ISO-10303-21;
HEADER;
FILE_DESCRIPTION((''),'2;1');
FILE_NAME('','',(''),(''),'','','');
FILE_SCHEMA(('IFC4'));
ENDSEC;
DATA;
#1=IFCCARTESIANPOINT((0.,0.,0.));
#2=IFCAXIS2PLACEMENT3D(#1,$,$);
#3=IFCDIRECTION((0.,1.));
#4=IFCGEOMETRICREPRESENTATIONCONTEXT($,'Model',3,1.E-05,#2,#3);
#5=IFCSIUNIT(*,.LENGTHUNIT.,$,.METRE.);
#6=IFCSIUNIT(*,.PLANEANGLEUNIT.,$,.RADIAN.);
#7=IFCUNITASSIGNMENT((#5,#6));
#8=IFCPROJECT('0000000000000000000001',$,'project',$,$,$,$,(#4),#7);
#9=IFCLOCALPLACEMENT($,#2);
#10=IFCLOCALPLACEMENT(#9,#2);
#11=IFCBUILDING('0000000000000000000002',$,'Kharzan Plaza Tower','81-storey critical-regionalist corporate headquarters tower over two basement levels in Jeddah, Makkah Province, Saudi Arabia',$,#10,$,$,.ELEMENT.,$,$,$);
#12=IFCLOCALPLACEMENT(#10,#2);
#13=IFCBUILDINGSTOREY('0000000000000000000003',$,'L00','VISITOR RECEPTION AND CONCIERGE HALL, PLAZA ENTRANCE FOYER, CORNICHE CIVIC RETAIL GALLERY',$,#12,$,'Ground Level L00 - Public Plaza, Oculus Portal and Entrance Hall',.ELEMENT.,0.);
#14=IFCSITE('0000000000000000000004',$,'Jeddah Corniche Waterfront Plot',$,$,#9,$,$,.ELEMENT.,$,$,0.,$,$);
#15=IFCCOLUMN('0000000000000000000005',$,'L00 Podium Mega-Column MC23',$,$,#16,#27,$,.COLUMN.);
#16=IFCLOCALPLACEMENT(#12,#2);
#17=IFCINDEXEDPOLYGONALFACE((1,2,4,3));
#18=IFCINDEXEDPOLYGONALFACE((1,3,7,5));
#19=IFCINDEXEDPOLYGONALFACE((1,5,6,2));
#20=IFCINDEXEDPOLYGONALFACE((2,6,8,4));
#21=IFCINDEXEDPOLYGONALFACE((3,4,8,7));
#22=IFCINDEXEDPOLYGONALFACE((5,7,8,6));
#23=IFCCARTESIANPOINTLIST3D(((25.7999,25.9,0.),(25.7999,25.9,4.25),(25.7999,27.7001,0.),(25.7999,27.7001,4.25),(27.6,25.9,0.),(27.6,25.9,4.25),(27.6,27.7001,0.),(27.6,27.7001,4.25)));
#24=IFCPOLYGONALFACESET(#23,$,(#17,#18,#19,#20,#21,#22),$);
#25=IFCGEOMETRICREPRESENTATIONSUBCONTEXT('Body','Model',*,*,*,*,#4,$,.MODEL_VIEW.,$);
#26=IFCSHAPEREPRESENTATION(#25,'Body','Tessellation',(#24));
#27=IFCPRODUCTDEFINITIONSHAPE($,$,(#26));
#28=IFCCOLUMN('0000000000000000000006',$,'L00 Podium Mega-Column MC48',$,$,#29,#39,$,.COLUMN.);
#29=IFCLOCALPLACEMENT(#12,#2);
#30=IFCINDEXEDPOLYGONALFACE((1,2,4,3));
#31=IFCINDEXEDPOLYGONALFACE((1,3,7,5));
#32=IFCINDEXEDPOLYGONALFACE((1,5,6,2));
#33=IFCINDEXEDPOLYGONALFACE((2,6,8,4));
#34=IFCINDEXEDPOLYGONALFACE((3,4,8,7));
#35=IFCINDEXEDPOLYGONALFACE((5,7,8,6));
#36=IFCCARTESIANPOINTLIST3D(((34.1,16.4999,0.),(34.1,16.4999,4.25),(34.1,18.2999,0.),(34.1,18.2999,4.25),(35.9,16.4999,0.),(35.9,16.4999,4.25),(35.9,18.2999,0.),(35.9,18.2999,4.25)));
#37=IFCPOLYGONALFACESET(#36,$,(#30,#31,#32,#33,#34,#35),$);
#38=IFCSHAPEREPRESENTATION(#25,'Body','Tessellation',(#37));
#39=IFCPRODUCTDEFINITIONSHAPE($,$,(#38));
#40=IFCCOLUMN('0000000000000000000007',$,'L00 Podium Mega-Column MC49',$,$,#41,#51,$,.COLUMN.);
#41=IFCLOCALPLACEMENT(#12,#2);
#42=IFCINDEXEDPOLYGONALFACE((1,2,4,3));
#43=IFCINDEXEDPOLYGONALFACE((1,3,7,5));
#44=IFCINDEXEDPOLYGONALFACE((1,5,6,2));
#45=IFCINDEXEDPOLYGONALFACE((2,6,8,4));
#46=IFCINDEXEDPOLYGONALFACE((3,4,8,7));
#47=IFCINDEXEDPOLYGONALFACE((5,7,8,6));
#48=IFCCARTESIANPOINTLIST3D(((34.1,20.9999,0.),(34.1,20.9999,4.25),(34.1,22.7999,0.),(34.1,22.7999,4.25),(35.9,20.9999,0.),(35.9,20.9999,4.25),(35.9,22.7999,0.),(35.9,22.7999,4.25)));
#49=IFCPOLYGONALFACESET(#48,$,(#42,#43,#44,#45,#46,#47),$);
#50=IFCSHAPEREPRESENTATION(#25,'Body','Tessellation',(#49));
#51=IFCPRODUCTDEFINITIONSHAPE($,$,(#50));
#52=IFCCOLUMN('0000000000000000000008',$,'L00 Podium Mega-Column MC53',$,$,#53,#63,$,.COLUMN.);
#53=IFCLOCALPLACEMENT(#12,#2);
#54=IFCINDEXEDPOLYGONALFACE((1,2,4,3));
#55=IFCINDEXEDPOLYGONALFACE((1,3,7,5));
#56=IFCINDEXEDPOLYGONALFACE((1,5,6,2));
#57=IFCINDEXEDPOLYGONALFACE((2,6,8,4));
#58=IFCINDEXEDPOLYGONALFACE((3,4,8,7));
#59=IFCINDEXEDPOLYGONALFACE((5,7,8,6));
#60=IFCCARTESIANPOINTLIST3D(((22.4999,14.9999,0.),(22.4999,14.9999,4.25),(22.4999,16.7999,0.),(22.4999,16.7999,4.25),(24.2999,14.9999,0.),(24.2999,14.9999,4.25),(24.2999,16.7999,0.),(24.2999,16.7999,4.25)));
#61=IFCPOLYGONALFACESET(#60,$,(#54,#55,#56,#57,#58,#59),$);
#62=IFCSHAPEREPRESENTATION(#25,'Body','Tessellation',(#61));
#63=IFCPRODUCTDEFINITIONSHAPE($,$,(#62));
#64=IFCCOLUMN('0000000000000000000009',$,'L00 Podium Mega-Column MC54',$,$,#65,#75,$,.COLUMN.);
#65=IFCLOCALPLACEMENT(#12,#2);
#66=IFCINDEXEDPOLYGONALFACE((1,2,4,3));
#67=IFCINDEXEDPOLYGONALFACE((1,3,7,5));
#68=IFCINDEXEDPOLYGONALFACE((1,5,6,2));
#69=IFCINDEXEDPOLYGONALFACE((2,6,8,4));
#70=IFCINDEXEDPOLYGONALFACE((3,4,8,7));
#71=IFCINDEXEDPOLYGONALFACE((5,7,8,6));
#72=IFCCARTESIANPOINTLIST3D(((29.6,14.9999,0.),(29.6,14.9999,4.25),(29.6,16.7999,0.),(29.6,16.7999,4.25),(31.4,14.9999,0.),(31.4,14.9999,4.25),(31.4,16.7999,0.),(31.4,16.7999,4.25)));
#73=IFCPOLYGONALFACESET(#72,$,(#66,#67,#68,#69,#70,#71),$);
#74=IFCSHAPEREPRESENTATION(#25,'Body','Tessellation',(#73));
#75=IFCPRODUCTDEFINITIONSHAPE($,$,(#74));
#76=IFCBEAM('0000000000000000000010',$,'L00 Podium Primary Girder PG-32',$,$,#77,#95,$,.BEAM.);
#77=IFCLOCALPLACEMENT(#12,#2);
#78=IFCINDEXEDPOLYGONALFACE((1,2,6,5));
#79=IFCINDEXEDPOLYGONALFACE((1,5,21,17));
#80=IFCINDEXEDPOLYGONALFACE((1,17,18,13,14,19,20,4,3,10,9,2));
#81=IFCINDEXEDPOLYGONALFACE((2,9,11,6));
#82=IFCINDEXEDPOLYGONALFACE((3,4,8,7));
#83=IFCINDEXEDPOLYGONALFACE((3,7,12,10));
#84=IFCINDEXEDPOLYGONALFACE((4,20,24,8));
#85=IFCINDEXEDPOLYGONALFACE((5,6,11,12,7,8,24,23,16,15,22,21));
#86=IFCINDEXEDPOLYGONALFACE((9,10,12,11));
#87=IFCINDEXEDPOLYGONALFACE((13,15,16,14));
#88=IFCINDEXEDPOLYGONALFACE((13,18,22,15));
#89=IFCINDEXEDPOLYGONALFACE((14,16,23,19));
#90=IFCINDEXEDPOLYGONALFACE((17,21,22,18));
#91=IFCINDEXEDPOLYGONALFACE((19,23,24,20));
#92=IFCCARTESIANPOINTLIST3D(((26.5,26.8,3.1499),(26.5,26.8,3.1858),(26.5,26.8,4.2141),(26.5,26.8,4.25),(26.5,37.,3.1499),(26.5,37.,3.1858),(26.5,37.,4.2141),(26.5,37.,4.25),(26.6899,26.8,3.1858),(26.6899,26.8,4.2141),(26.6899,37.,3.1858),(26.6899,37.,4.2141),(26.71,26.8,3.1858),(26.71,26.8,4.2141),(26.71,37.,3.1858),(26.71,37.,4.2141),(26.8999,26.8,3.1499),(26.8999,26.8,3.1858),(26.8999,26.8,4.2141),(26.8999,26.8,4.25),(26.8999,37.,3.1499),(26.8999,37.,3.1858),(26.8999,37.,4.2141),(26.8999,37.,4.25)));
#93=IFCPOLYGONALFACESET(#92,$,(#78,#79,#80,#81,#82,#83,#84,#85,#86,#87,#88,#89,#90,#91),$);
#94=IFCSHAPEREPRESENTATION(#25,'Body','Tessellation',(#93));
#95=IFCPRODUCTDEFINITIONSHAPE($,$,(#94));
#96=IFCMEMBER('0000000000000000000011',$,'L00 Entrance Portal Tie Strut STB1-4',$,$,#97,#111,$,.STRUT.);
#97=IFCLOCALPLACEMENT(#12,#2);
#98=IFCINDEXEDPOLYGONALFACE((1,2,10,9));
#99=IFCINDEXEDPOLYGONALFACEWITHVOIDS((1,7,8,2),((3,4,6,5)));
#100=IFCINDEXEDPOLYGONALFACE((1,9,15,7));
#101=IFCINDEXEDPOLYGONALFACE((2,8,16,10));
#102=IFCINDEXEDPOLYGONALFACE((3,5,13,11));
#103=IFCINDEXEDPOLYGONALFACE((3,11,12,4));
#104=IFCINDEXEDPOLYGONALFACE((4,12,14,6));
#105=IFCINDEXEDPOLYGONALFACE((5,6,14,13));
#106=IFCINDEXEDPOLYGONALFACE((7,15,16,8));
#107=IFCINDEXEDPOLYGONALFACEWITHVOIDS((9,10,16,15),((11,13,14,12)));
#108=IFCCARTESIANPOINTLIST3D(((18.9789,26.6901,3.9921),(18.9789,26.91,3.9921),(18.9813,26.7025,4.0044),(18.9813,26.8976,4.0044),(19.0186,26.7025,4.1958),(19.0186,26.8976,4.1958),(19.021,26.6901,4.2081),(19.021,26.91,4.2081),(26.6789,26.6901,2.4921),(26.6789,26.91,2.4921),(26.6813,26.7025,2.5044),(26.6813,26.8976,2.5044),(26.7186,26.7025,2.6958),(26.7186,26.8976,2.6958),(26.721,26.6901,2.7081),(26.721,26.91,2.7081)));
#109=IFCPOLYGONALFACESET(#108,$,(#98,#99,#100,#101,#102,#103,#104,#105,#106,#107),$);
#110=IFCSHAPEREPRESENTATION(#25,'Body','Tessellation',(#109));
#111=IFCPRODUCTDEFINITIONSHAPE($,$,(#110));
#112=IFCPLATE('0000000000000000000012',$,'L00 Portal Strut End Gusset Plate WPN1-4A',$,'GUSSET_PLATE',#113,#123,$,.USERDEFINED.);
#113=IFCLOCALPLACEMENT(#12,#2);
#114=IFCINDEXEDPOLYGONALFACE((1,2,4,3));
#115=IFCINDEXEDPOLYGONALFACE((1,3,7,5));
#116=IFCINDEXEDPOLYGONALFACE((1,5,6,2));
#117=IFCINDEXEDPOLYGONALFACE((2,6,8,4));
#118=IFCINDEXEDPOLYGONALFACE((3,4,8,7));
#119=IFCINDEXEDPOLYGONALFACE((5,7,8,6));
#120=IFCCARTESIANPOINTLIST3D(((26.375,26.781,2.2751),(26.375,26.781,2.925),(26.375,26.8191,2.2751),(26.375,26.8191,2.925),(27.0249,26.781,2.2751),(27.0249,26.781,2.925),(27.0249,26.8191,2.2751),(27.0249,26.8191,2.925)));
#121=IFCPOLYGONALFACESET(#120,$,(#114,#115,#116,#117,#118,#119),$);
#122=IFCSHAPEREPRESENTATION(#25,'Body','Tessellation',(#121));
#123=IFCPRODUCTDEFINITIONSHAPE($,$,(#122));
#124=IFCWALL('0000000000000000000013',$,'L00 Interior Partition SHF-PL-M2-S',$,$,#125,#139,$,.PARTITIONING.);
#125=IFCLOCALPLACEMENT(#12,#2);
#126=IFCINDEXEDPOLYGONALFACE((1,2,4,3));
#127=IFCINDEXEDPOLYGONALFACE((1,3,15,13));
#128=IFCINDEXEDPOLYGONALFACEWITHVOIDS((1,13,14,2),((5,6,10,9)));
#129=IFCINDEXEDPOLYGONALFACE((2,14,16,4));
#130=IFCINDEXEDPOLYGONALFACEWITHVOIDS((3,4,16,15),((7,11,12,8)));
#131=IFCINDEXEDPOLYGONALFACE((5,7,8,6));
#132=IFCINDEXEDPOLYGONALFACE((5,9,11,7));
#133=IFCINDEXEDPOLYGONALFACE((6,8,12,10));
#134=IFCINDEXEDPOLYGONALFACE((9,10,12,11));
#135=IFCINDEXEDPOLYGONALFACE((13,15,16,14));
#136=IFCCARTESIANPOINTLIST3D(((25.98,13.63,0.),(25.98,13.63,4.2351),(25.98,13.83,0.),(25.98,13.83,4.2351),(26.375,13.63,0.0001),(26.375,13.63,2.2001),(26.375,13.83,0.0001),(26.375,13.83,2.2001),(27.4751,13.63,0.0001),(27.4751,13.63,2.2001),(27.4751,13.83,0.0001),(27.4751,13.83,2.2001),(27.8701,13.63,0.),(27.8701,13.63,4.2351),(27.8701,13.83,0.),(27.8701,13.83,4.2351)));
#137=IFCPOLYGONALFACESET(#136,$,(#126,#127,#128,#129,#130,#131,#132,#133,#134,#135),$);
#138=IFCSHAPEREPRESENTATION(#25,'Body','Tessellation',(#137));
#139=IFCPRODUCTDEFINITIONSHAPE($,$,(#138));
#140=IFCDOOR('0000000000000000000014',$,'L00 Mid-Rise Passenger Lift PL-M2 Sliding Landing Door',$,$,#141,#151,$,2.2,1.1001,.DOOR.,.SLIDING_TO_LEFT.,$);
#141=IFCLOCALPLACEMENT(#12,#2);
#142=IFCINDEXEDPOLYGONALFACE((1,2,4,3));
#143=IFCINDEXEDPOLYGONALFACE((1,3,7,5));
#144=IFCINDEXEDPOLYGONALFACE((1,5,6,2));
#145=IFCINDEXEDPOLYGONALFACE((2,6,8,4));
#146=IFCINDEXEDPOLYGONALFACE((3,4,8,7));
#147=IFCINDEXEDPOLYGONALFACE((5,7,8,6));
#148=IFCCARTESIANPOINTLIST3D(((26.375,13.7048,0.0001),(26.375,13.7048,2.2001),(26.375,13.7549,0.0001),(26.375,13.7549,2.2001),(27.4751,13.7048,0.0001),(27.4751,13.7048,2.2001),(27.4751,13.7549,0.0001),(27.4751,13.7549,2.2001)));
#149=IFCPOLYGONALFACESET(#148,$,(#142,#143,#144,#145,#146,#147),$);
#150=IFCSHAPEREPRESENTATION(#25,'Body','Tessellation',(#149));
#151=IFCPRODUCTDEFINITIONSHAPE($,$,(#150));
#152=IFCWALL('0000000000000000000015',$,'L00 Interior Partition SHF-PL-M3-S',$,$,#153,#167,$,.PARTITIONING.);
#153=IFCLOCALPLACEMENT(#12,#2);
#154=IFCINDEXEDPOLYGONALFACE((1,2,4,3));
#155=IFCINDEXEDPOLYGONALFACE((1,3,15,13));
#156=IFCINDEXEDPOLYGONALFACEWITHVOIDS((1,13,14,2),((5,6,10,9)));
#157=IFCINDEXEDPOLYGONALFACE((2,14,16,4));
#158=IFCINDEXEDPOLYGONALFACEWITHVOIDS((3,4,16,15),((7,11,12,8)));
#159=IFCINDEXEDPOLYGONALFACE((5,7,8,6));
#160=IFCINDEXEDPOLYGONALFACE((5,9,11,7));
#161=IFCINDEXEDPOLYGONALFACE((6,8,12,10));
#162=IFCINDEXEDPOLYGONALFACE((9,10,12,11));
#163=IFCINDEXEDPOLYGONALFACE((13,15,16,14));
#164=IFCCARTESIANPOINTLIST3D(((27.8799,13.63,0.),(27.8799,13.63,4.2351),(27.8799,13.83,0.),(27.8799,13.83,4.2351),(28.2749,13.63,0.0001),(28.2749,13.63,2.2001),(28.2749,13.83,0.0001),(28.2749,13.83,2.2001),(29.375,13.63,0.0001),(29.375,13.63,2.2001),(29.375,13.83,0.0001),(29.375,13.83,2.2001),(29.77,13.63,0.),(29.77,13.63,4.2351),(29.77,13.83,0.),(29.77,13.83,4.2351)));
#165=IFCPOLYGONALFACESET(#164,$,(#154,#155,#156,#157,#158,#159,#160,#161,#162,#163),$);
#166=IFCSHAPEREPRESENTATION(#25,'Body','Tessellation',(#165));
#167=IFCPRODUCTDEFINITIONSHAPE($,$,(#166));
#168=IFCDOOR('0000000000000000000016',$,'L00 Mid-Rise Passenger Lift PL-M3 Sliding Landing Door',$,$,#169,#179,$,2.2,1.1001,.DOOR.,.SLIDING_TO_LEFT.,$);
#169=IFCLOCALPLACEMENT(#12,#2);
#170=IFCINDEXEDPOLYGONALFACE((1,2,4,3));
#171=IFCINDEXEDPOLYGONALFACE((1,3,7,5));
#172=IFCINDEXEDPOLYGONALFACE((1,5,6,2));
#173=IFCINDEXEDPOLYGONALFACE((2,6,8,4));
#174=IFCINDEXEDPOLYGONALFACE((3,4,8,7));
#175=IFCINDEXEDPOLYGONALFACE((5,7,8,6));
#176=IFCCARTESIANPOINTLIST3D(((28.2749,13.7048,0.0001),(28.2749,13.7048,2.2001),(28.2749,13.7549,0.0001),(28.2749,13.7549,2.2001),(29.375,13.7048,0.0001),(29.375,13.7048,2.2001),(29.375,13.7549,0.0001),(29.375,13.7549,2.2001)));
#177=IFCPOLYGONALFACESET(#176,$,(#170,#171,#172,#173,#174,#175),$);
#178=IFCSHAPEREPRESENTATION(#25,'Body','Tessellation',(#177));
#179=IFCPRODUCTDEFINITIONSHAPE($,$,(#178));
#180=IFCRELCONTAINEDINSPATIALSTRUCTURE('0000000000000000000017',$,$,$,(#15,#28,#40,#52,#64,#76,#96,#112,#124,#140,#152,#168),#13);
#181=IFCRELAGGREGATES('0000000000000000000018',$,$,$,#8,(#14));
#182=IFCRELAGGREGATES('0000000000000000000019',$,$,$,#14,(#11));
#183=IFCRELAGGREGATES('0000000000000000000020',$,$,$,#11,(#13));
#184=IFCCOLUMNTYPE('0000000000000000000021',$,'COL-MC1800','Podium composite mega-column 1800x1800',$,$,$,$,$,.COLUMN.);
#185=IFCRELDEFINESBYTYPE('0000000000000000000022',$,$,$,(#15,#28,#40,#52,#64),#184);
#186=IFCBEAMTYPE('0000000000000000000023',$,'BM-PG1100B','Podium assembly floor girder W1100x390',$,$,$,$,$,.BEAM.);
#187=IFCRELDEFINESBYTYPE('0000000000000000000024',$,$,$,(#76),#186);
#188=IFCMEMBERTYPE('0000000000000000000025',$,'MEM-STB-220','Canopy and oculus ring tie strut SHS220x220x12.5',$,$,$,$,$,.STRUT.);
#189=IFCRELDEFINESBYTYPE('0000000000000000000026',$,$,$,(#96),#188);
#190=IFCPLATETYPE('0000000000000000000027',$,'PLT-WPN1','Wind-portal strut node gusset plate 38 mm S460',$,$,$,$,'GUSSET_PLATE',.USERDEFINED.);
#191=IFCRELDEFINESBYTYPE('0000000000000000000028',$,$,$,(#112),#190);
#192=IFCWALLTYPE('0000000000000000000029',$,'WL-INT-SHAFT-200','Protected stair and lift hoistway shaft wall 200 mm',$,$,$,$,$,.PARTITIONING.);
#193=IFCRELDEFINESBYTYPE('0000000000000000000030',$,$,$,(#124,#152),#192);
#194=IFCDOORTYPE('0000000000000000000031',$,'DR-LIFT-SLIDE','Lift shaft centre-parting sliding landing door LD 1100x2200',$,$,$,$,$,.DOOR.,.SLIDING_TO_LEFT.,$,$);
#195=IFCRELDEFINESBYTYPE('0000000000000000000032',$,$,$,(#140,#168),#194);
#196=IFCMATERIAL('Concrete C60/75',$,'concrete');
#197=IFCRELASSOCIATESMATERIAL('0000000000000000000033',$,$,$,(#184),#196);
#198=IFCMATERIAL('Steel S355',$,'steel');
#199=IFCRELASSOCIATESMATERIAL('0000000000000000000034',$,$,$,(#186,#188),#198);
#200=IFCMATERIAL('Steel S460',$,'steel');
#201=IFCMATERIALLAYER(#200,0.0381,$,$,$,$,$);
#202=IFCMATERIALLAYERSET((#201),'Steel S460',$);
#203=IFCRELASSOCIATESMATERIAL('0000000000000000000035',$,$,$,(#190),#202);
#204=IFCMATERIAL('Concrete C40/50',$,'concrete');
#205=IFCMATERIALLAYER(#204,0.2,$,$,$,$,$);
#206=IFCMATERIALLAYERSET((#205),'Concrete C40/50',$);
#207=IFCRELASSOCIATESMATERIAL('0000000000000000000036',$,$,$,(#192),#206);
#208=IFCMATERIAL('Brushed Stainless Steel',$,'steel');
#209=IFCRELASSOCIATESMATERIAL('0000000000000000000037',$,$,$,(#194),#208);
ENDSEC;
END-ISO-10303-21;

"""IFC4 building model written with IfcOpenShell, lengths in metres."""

from ifc_helpers import new_model, si_unit, direction, frame, frame_2d, origin, origin_2d, place, context, subcontext, project, spatial, rectangle, hollow_rectangle, i_section, extrude, source, transform, mapped, material, layer, layer_set, material_profile, profile_set, type_object, element, fill, save


model = new_model("IFC4")

# Units and contexts
model_context = context("Model", 3, precision=1e-05, world=origin(), true_north=direction((0.0, 1.0)))
body_context = subcontext(model_context, "Body", "Model", "MODEL_VIEW")
ifc_project = project(units=[si_unit("LENGTHUNIT", "METRE"), si_unit("PLANEANGLEUNIT", "RADIAN")], contexts=[model_context])

# Site, building, storey
site_placement = place(None, origin())
site = spatial("IfcSite", under=ifc_project, at=site_placement, Name="Jeddah Corniche Waterfront Plot", CompositionType="ELEMENT", RefElevation=0.0)
building_placement = place(site_placement, origin())
building = spatial("IfcBuilding", under=site, at=building_placement, Name="Kharzan Plaza Tower", Description="81-storey critical-regionalist corporate headquarters tower over two basement levels in Jeddah, Makkah Province, Saudi Arabia", CompositionType="ELEMENT")
storey_placement = place(building_placement, origin())
storey = spatial("IfcBuildingStorey", under=building, at=storey_placement, Name="L00", Description="VISITOR RECEPTION AND CONCIERGE HALL, PLAZA ENTRANCE FOYER, CORNICHE CIVIC RETAIL GALLERY", LongName="Ground Level L00 - Public Plaza, Oculus Portal and Entrance Hall", CompositionType="ELEMENT", Elevation=0.0)

# Columns
ifc_material_1 = material(Name="Concrete C60/75", Category="concrete")
ifc_material_profile_1 = material_profile(ifc_material_1, rectangle(XDim=1.8, YDim=1.8, at=origin_2d()), Name="RC-MC1800x1800")
ifc_profile_set_1 = profile_set([ifc_material_profile_1], Name="Concrete C60/75")
column_type = type_object("IfcColumnType", Name="COL-MC1800", Description="Podium composite mega-column 1800x1800", PredefinedType="COLUMN", material=ifc_profile_set_1)
shared_shape_1 = source(origin(), body_context, "Body", "SweptSolid", [
    extrude(rectangle(XDim=1.8, YDim=1.8, at=origin_2d()), origin(), (0.0, 0.0, 1.0), 4.25),
])
for number, where, z_axis, x_axis, name in (
    (1, (26.7, 26.8, 0.0), (0.0, 0.0, 1.0), (1.0, 0.0, 0.0), "L00 Podium Mega-Column MC23"),
    (2, (35.0, 17.3999, 0.0), (0.0, 0.0, 1.0), (1.0, 0.0, 0.0), "L00 Podium Mega-Column MC48"),
    (3, (35.0, 21.8999, 0.0), (0.0, 0.0, 1.0), (1.0, 0.0, 0.0), "L00 Podium Mega-Column MC49"),
    (4, (23.3999, 15.8999, 0.0), (0.0, 0.0, 1.0), (1.0, 0.0, 0.0), "L00 Podium Mega-Column MC53"),
    (5, (30.5, 15.8999, 0.0), (0.0, 0.0, 1.0), (1.0, 0.0, 0.0), "L00 Podium Mega-Column MC54"),
):
    element("IfcColumn", number, at=place(storey_placement, frame(where, z_axis=z_axis, x_axis=x_axis)), inside=storey, type_object=column_type, Name=name, PredefinedType="COLUMN", context=body_context, shape_type="MappedRepresentation", body=[
        mapped(shared_shape_1, transform((0.0, 0.0, 0.0), x_axis=(1.0, 0.0, 0.0), y_axis=(0.0, 1.0, 0.0), z_axis=(0.0, 0.0, 1.0))),
    ])

# Beam
ifc_material_2 = material(Name="Steel S355", Category="steel")
ifc_material_profile_2 = material_profile(ifc_material_2, i_section(OverallWidth=0.3999, OverallDepth=1.1001, WebThickness=0.02, FlangeThickness=0.0359, at=origin_2d()), Name="W1100x390")
ifc_profile_set_2 = profile_set([ifc_material_profile_2], Name="Steel S355")
beam_type = type_object("IfcBeamType", Name="BM-PG1100B", Description="Podium assembly floor girder W1100x390", PredefinedType="BEAM", material=ifc_profile_set_2)
shared_shape_2 = source(origin(), body_context, "Body", "SweptSolid", [
    extrude(i_section(OverallWidth=0.3999, OverallDepth=1.1001, WebThickness=0.02, FlangeThickness=0.0359, at=origin_2d()), origin(), (0.0, 0.0, 1.0), 10.2),
])
beam_placement = place(storey_placement, frame((26.7, 26.8, 3.7), z_axis=(0.0, 1.0, 0.0), x_axis=(-1.0, 0.0, 0.0)))
element("IfcBeam", 6, at=beam_placement, inside=storey, type_object=beam_type, Name="L00 Podium Primary Girder PG-32", PredefinedType="BEAM", context=body_context, shape_type="MappedRepresentation", body=[
    mapped(shared_shape_2, transform((0.0, 0.0, 0.0), x_axis=(1.0, 0.0, 0.0), y_axis=(0.0, 1.0, 0.0), z_axis=(0.0, 0.0, 1.0))),
])

# Member
ifc_material_profile_3 = material_profile(ifc_material_2, hollow_rectangle(XDim=0.22, YDim=0.22, WallThickness=0.0125, at=origin_2d()), Name="SHS220x220x12.5")
ifc_profile_set_3 = profile_set([ifc_material_profile_3], Name="Steel S355")
member_type = type_object("IfcMemberType", Name="MEM-STB-220", Description="Canopy and oculus ring tie strut SHS220x220x12.5", PredefinedType="STRUT", material=ifc_profile_set_3)
shared_shape_3 = source(origin(), body_context, "Body", "SweptSolid", [
    extrude(hollow_rectangle(XDim=0.22, YDim=0.22, WallThickness=0.0125, at=origin_2d()), origin(), (0.0, 0.0, 1.0), 7.8447),
])
member_placement = place(storey_placement, frame((26.7, 26.8, 2.6001), z_axis=(-0.981549, 0.0, 0.191212), x_axis=(0.0, -1.0, 0.0)))
element("IfcMember", 7, at=member_placement, inside=storey, type_object=member_type, Name="L00 Entrance Portal Tie Strut STB1-4", PredefinedType="STRUT", context=body_context, shape_type="MappedRepresentation", body=[
    mapped(shared_shape_3, transform((0.0, 0.0, 0.0), x_axis=(1.0, 0.0, 0.0), y_axis=(0.0, 1.0, 0.0), z_axis=(0.0, 0.0, 1.0))),
])

# Plate
ifc_material_3 = material(Name="Steel S460", Category="steel")
ifc_layer_1 = layer(ifc_material_3, 0.0381)
ifc_layer_set_1 = layer_set([ifc_layer_1], Name="Steel S460")
plate_type = type_object("IfcPlateType", Name="PLT-WPN1", Description="Wind-portal strut node gusset plate 38 mm S460", ElementType="GUSSET_PLATE", PredefinedType="USERDEFINED", material=ifc_layer_set_1)
shared_shape_4 = source(origin(), body_context, "Body", "SweptSolid", [
    extrude(rectangle(XDim=0.6499, YDim=0.0381, at=origin_2d()), origin(), (0.0, 0.0, 1.0), 0.6499),
])
plate_placement = place(storey_placement, frame((26.7, 26.8, 2.2751), z_axis=(0.0, 0.0, 1.0), x_axis=(1.0, 0.0, 0.0)))
element("IfcPlate", 8, at=plate_placement, inside=storey, type_object=plate_type, Name="L00 Portal Strut End Gusset Plate WPN1-4A", ObjectType="GUSSET_PLATE", PredefinedType="USERDEFINED", context=body_context, shape_type="MappedRepresentation", body=[
    mapped(shared_shape_4, transform((0.0, 0.0, 0.0), x_axis=(1.0, 0.0, 0.0), y_axis=(0.0, 1.0, 0.0), z_axis=(0.0, 0.0, 1.0))),
])

# Walls, openings, doors
ifc_material_4 = material(Name="Concrete C40/50", Category="concrete")
ifc_layer_2 = layer(ifc_material_4, 0.2)
ifc_layer_set_2 = layer_set([ifc_layer_2], Name="Concrete C40/50")
wall_type_1 = type_object("IfcWallType", Name="WL-INT-SHAFT-200", Description="Protected stair and lift hoistway shaft wall 200 mm", PredefinedType="PARTITIONING", material=ifc_layer_set_2)
wall_1_placement = place(storey_placement, frame((25.98, 13.73, 0.0), z_axis=(0.0, 0.0, 1.0), x_axis=(1.0, 0.0, 0.0)))
wall_1 = element("IfcWall", 9, at=wall_1_placement, inside=storey, type_object=wall_type_1, Name="L00 Interior Partition SHF-PL-M2-S", PredefinedType="PARTITIONING", context=body_context, shape_type="SweptSolid", body=[
    extrude(rectangle(XDim=1.8901, YDim=0.2, at=frame_2d((0.9451, 0.0))), origin(), (0.0, 0.0, 1.0), 4.2351),
])
opening_1_placement = place(wall_1_placement, frame((0.395, 0.0, 0.0)))
opening_1 = element("IfcOpeningElement", 10, at=opening_1_placement, cuts=wall_1, PredefinedType="OPENING", context=body_context, shape_type="SweptSolid", body=[
    extrude(rectangle(XDim=1.1001, YDim=2.2, at=frame_2d((0.55, 1.1001))), frame((0.0, 0.1099, 0.0), z_axis=(0.0, -1.0, 0.0), x_axis=(1.0, 0.0, 0.0)), (0.0, 0.0, 1.0), 0.22),
])
ifc_material_5 = material(Name="Brushed Stainless Steel", Category="steel")
door_type = type_object("IfcDoorType", Name="DR-LIFT-SLIDE", Description="Lift shaft centre-parting sliding landing door LD 1100x2200", OperationType="SLIDING_TO_LEFT", PredefinedType="DOOR", material=ifc_material_5)
shared_shape_5 = source(origin(), body_context, "Body", "SweptSolid", [
    extrude(rectangle(XDim=1.1001, YDim=2.2, at=frame_2d((0.55, 1.1001))), frame((0.0, 0.0249, 0.0), z_axis=(0.0, -1.0, 0.0), x_axis=(1.0, 0.0, 0.0)), (0.0, 0.0, 1.0), 0.05),
])
door_1_placement = place(opening_1_placement, origin())
door_1 = element("IfcDoor", 11, at=door_1_placement, inside=storey, type_object=door_type, Name="L00 Mid-Rise Passenger Lift PL-M2 Sliding Landing Door", OperationType="SLIDING_TO_LEFT", OverallHeight=2.2, OverallWidth=1.1001, PredefinedType="DOOR", context=body_context, shape_type="MappedRepresentation", body=[
    mapped(shared_shape_5, transform((0.0, 0.0, 0.0), x_axis=(1.0, 0.0, 0.0), y_axis=(0.0, 1.0, 0.0), z_axis=(0.0, 0.0, 1.0))),
])
fill(opening_1, door_1)
wall_2_placement = place(storey_placement, frame((27.8799, 13.73, 0.0), z_axis=(0.0, 0.0, 1.0), x_axis=(1.0, 0.0, 0.0)))
wall_2 = element("IfcWall", 12, at=wall_2_placement, inside=storey, type_object=wall_type_1, Name="L00 Interior Partition SHF-PL-M3-S", PredefinedType="PARTITIONING", context=body_context, shape_type="SweptSolid", body=[
    extrude(rectangle(XDim=1.8901, YDim=0.2, at=frame_2d((0.9451, 0.0))), origin(), (0.0, 0.0, 1.0), 4.2351),
])
opening_2_placement = place(wall_2_placement, frame((0.395, 0.0, 0.0)))
opening_2 = element("IfcOpeningElement", 13, at=opening_2_placement, cuts=wall_2, PredefinedType="OPENING", context=body_context, shape_type="SweptSolid", body=[
    extrude(rectangle(XDim=1.1001, YDim=2.2, at=frame_2d((0.55, 1.1001))), frame((0.0, 0.1099, 0.0), z_axis=(0.0, -1.0, 0.0), x_axis=(1.0, 0.0, 0.0)), (0.0, 0.0, 1.0), 0.22),
])
door_2_placement = place(opening_2_placement, origin())
door_2 = element("IfcDoor", 14, at=door_2_placement, inside=storey, type_object=door_type, Name="L00 Mid-Rise Passenger Lift PL-M3 Sliding Landing Door", OperationType="SLIDING_TO_LEFT", OverallHeight=2.2, OverallWidth=1.1001, PredefinedType="DOOR", context=body_context, shape_type="MappedRepresentation", body=[
    mapped(shared_shape_5, transform((0.0, 0.0, 0.0), x_axis=(1.0, 0.0, 0.0), y_axis=(0.0, 1.0, 0.0), z_axis=(0.0, 0.0, 1.0))),
])
fill(opening_2, door_2)

save(model, "model.ifc")
